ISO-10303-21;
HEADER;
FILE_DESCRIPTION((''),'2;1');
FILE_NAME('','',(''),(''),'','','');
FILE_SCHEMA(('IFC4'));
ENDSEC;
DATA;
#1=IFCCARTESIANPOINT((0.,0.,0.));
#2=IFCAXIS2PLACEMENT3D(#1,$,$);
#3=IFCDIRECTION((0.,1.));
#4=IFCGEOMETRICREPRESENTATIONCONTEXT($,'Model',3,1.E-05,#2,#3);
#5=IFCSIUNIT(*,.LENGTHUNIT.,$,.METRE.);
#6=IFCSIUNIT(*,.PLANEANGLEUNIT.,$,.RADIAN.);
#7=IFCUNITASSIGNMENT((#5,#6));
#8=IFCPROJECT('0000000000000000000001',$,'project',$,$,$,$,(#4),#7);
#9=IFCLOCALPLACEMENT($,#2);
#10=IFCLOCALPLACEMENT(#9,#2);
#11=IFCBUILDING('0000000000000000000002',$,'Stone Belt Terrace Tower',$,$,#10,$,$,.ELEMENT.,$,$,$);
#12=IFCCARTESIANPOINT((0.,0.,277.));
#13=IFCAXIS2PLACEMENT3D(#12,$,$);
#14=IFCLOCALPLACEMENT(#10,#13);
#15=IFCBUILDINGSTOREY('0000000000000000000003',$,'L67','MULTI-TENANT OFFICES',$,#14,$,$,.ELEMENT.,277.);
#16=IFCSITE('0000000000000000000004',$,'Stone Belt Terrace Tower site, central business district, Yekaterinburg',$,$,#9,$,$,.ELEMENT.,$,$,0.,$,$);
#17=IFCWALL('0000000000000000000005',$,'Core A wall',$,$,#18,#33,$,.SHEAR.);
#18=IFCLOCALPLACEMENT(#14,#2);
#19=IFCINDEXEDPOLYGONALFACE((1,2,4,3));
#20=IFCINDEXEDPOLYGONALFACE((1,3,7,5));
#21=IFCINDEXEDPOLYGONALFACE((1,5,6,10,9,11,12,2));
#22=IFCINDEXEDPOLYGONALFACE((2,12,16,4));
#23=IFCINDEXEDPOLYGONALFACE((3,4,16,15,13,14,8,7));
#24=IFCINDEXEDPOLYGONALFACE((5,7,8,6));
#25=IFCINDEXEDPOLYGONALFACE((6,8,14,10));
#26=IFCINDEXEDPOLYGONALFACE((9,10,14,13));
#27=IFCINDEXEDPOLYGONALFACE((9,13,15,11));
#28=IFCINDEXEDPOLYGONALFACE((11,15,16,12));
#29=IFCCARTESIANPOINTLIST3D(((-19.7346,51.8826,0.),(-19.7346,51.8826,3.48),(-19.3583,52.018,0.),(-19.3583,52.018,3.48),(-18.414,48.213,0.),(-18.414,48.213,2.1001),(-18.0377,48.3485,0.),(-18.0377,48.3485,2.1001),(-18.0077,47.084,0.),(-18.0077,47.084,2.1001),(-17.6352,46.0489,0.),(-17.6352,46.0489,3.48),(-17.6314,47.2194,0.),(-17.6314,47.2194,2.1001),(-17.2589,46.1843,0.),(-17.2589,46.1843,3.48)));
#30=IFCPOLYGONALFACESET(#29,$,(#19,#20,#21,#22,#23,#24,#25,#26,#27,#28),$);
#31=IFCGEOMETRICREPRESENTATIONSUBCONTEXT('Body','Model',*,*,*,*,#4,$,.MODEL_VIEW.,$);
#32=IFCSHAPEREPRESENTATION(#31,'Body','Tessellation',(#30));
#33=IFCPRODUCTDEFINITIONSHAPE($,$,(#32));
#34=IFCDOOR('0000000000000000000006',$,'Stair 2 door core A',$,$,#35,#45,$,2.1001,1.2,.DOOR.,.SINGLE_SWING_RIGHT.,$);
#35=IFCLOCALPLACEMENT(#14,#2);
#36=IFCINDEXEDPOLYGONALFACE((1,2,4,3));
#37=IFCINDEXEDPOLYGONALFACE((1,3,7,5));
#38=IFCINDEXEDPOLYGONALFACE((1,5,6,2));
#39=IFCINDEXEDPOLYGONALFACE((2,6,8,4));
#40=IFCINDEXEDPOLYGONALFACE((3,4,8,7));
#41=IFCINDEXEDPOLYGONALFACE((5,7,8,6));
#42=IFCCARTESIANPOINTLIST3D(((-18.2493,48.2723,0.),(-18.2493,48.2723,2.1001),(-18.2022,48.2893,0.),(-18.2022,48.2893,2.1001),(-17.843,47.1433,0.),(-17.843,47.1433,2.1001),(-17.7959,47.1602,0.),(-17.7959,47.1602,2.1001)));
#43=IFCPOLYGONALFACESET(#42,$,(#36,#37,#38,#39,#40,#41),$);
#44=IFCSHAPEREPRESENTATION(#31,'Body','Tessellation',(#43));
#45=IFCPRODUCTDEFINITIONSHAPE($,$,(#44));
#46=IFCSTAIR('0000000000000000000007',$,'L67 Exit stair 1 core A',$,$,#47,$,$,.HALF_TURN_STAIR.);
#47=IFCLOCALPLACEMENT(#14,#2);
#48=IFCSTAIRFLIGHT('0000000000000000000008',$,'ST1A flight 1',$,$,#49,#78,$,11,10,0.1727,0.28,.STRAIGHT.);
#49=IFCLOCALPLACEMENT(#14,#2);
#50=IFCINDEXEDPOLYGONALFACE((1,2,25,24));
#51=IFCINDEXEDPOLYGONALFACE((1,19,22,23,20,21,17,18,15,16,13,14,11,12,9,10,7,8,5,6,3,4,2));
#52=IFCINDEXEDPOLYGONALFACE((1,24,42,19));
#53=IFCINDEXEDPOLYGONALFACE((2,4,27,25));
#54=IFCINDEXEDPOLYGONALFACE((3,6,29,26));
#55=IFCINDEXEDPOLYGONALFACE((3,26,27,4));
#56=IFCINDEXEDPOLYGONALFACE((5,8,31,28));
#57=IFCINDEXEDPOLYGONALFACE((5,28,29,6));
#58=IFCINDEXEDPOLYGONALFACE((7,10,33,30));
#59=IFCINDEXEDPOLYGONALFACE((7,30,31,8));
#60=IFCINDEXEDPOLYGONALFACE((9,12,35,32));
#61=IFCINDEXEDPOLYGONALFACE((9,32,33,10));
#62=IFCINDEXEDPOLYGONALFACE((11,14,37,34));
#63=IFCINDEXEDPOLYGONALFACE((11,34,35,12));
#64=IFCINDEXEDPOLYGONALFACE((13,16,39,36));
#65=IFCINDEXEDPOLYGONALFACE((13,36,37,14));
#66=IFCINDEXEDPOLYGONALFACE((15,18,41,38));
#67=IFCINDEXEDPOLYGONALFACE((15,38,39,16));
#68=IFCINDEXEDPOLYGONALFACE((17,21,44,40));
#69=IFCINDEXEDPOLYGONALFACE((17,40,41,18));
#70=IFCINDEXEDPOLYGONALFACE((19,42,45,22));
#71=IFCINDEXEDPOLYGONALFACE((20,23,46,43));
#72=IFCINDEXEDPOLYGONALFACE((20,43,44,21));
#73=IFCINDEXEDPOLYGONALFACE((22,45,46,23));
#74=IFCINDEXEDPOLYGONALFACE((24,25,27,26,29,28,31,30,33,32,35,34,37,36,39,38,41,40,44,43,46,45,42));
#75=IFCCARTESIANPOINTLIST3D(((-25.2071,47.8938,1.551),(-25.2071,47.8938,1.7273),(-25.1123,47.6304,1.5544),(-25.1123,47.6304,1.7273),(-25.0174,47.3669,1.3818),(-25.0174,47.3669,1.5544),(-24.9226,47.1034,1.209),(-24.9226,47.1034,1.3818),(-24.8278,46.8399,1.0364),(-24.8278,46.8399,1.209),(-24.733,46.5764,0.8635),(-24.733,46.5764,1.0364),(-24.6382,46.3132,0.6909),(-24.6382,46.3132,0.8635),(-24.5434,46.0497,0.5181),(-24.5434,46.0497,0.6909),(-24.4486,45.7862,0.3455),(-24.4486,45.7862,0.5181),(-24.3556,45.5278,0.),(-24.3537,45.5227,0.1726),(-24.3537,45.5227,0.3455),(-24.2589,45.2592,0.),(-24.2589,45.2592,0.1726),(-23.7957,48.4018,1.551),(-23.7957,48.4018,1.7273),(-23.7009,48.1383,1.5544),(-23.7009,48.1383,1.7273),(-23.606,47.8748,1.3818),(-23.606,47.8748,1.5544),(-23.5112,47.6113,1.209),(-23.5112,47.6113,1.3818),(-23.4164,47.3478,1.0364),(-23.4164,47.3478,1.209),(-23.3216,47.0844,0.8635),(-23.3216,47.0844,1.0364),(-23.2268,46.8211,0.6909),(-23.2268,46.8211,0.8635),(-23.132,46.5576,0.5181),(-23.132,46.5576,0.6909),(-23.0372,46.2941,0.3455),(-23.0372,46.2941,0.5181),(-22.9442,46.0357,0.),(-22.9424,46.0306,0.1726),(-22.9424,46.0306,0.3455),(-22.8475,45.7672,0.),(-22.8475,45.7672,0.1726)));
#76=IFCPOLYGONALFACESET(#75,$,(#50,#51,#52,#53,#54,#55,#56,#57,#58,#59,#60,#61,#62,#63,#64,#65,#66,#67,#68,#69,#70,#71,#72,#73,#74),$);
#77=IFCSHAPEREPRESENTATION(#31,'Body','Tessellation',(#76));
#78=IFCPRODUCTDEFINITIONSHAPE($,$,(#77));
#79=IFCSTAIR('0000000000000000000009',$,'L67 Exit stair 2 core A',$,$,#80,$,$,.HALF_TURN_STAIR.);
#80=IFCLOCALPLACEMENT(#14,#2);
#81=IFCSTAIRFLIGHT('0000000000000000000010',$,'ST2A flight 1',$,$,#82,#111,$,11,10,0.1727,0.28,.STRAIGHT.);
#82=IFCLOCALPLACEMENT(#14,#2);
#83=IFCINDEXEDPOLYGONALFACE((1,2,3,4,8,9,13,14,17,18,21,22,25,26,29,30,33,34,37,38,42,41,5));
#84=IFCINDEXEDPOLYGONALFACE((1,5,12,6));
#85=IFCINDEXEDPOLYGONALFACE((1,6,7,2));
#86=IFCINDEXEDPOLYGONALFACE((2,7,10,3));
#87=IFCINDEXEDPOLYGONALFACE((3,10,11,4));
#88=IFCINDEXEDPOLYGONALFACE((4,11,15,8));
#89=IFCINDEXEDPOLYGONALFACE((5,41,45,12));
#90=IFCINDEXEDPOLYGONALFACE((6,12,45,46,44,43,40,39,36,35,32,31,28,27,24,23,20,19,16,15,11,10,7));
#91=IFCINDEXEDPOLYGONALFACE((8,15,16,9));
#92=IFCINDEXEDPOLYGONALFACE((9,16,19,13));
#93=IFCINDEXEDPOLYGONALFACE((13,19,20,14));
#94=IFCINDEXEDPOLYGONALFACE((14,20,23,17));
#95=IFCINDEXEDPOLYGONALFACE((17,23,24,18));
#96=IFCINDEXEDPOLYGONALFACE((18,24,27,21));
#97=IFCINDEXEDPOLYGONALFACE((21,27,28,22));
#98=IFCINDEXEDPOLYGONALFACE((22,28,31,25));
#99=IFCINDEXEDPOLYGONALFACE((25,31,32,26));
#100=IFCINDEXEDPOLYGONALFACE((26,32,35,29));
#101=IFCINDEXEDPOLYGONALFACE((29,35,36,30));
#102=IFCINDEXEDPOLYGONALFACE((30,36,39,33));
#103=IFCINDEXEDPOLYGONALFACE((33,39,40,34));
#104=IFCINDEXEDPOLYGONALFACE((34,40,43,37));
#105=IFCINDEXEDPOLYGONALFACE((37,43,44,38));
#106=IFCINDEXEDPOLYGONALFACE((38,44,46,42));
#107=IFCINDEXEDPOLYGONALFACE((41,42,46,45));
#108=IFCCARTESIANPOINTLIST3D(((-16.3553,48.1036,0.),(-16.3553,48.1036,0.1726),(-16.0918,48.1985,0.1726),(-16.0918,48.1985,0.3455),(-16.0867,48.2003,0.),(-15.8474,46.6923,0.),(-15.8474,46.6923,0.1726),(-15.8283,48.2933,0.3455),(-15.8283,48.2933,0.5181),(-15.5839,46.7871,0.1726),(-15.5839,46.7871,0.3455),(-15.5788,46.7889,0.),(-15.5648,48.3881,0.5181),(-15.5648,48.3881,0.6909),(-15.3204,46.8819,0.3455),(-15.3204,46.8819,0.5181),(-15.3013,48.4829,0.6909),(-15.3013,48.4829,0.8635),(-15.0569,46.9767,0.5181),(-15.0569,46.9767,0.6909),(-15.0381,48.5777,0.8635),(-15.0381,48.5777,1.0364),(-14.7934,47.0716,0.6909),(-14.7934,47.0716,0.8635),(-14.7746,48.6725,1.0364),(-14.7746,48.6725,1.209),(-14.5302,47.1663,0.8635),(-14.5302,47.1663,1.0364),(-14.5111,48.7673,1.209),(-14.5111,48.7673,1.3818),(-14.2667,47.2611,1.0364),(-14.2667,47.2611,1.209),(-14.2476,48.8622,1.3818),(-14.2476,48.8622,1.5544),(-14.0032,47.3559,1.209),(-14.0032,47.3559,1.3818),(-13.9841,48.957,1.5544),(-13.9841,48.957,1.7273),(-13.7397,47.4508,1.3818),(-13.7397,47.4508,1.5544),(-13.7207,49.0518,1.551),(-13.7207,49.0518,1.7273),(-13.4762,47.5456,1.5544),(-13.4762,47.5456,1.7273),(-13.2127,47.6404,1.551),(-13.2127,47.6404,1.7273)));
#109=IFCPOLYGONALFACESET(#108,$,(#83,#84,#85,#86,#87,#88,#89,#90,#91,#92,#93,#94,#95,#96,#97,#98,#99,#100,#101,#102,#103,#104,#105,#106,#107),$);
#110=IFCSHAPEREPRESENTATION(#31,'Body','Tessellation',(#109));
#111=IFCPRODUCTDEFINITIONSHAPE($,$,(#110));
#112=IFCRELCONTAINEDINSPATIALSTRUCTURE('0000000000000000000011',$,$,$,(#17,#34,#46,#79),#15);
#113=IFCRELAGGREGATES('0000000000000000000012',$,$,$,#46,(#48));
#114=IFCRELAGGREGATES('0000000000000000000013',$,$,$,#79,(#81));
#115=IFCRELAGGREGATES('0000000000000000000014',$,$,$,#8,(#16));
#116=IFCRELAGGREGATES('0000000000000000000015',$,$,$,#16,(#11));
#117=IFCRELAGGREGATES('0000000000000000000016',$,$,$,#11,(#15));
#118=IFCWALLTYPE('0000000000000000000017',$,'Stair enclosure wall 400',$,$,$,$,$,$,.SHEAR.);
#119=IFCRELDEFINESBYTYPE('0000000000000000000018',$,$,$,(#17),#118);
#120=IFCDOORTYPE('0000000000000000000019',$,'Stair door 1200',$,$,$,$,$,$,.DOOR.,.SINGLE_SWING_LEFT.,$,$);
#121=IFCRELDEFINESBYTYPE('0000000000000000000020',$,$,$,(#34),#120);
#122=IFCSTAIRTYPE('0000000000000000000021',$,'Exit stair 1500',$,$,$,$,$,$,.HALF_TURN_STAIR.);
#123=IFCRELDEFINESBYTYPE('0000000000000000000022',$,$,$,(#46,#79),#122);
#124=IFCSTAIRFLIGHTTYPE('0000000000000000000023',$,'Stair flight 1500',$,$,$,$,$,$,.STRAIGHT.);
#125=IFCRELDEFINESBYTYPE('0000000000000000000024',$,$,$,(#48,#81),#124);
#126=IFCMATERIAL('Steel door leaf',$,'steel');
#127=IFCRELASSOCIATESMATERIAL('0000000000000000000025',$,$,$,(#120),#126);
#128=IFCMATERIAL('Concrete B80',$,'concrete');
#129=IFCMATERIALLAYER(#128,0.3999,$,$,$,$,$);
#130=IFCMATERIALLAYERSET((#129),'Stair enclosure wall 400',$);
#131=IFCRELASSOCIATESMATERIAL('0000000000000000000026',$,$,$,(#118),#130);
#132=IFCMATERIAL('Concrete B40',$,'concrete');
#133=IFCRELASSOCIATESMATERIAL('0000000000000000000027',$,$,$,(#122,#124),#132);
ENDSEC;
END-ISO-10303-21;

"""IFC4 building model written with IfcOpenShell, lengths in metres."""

from ifc_helpers import new_model, si_unit, direction, frame, frame_2d, origin, place, context, subcontext, project, spatial, polyline, rectangle, outline, extrude, material, layer, layer_set, type_object, element, fill, aggregate, save


model = new_model("IFC4")

# Units and contexts
model_context = context("Model", 3, precision=1e-05, world=origin(), true_north=direction((0.0, 1.0)))
body_context = subcontext(model_context, "Body", "Model", "MODEL_VIEW")
ifc_project = project(units=[si_unit("LENGTHUNIT", "METRE"), si_unit("PLANEANGLEUNIT", "RADIAN")], contexts=[model_context])

# Site, building, storey
site_placement = place(None, origin())
site = spatial("IfcSite", under=ifc_project, at=site_placement, Name="Stone Belt Terrace Tower site, central business district, Yekaterinburg", CompositionType="ELEMENT", RefElevation=0.0)
building_placement = place(site_placement, origin())
building = spatial("IfcBuilding", under=site, at=building_placement, Name="Stone Belt Terrace Tower", CompositionType="ELEMENT")
storey_placement = place(building_placement, frame((0.0, 0.0, 277.0)))
storey = spatial("IfcBuildingStorey", under=building, at=storey_placement, Name="L67", Description="MULTI-TENANT OFFICES", CompositionType="ELEMENT", Elevation=277.0)

# Shared definitions
ifc_material_1 = material(Name="Steel door leaf", Category="steel")
door_type_1 = type_object("IfcDoorType", Name="Stair door 1200", OperationType="SINGLE_SWING_LEFT", PredefinedType="DOOR", material=ifc_material_1)
ifc_material_2 = material(Name="Concrete B80", Category="concrete")
ifc_layer_1 = layer(ifc_material_2, 0.3999)
ifc_layer_set_1 = layer_set([ifc_layer_1], Name="Stair enclosure wall 400")
wall_type_1 = type_object("IfcWallType", Name="Stair enclosure wall 400", PredefinedType="SHEAR", material=ifc_layer_set_1)

# Wall, opening, door
wall_1_placement = place(storey_placement, frame((-17.447, 46.1165, 0.0), z_axis=(0.0, 0.0, 1.0), x_axis=(-0.338608, 0.940928, 0.0)))
wall_1 = element("IfcWall", 1, at=wall_1_placement, inside=storey, type_object=wall_type_1, Name="Core A wall", PredefinedType="SHEAR", context=body_context, shape_type="SweptSolid", body=[
    extrude(rectangle(XDim=6.2, YDim=0.3999, at=frame_2d((3.1001, 0.0))), origin(), (0.0, 0.0, 1.0), 3.48),
])
opening_1_placement = place(wall_1_placement, frame((1.1001, 0.0, 0.0)))
opening_1 = element("IfcOpeningElement", 2, at=opening_1_placement, cuts=wall_1, PredefinedType="OPENING", context=body_context, shape_type="SweptSolid", body=[
    extrude(rectangle(XDim=1.2, YDim=2.1001, at=frame_2d((0.6001, 1.05))), frame((0.0, 0.21, 0.0), z_axis=(0.0, -1.0, 0.0), x_axis=(1.0, 0.0, 0.0)), (0.0, 0.0, 1.0), 0.4199),
])
door_1_placement = place(opening_1_placement, origin())
door_1 = element("IfcDoor", 3, at=door_1_placement, inside=storey, type_object=door_type_1, Name="Stair 2 door core A", OperationType="SINGLE_SWING_RIGHT", OverallHeight=2.1001, OverallWidth=1.2, PredefinedType="DOOR", context=body_context, shape_type="SweptSolid", body=[
    extrude(rectangle(XDim=1.2, YDim=2.1001, at=frame_2d((0.6001, 1.05))), frame((0.0, 0.0249, 0.0), z_axis=(0.0, -1.0, 0.0), x_axis=(1.0, 0.0, 0.0)), (0.0, 0.0, 1.0), 0.05),
])
fill(opening_1, door_1)

# Stairs, stair flights
ifc_material_3 = material(Name="Concrete B40", Category="concrete")
stair_type = type_object("IfcStairType", Name="Exit stair 1500", PredefinedType="HALF_TURN_STAIR", material=ifc_material_3)
stair_1_placement = place(storey_placement, origin())
stair_1 = element("IfcStair", 4, at=stair_1_placement, inside=storey, type_object=stair_type, Name="L67 Exit stair 1 core A", PredefinedType="HALF_TURN_STAIR")
stair_flight_type = type_object("IfcStairFlightType", Name="Stair flight 1500", PredefinedType="STRAIGHT", material=ifc_material_3)
stair_flight_1_placement = place(storey_placement, frame((-23.5532, 45.5132, 0.0), z_axis=(0.0, 0.0, 1.0), x_axis=(-0.338624, 0.940922, 0.0)))
stair_flight_1 = element("IfcStairFlight", 5, at=stair_flight_1_placement, type_object=stair_flight_type, Name="ST1A flight 1", NumberOfRisers=11, NumberOfTreads=10, PredefinedType="STRAIGHT", RiserHeight=0.1727, TreadLength=0.28, context=body_context, shape_type="SweptSolid", body=[
    extrude(outline(polyline([(0.0, 0.0), (0.0, 0.1726), (0.28, 0.1726), (0.28, 0.3455), (0.5601, 0.3455), (0.5601, 0.5181), (0.8401, 0.5181), (0.8401, 0.6909), (1.1201, 0.6909), (1.1201, 0.8635), (1.3999, 0.8635), (1.3999, 1.0364), (1.6799, 1.0364), (1.6799, 1.209), (1.96, 1.209), (1.96, 1.3818), (2.24, 1.3818), (2.24, 1.5544), (2.52, 1.5544), (2.52, 1.7273), (2.8, 1.7273), (2.8, 1.8999), (2.8, 1.551), (0.2854, 0.0), (0.0, 0.0)])), frame((0.0, 0.75, 0.0), z_axis=(0.0, -1.0, 0.0), x_axis=(1.0, 0.0, 0.0)), (0.0, 0.0, 1.0), 1.5),
])
aggregate(stair_1, [stair_flight_1])
stair_2_placement = place(storey_placement, origin())
stair_2 = element("IfcStair", 6, at=stair_2_placement, inside=storey, type_object=stair_type, Name="L67 Exit stair 2 core A", PredefinedType="HALF_TURN_STAIR")
stair_flight_2_placement = place(storey_placement, frame((-16.1013, 47.3979, 0.0), z_axis=(0.0, 0.0, 1.0), x_axis=(0.940922, 0.338624, 0.0)))
stair_flight_2 = element("IfcStairFlight", 7, at=stair_flight_2_placement, type_object=stair_flight_type, Name="ST2A flight 1", NumberOfRisers=11, NumberOfTreads=10, PredefinedType="STRAIGHT", RiserHeight=0.1727, TreadLength=0.28, context=body_context, shape_type="SweptSolid", body=[
    extrude(outline(polyline([(0.0, 0.0), (0.0, 0.1726), (0.28, 0.1726), (0.28, 0.3455), (0.5601, 0.3455), (0.5601, 0.5181), (0.8401, 0.5181), (0.8401, 0.6909), (1.1201, 0.6909), (1.1201, 0.8635), (1.3999, 0.8635), (1.3999, 1.0364), (1.6799, 1.0364), (1.6799, 1.209), (1.96, 1.209), (1.96, 1.3818), (2.24, 1.3818), (2.24, 1.5544), (2.52, 1.5544), (2.52, 1.7273), (2.8, 1.7273), (2.8, 1.8999), (2.8, 1.551), (0.2854, 0.0), (0.0, 0.0)])), frame((0.0, 0.75, 0.0), z_axis=(0.0, -1.0, 0.0), x_axis=(1.0, 0.0, 0.0)), (0.0, 0.0, 1.0), 1.5),
])
aggregate(stair_2, [stair_flight_2])

save(model, "model.ifc")
